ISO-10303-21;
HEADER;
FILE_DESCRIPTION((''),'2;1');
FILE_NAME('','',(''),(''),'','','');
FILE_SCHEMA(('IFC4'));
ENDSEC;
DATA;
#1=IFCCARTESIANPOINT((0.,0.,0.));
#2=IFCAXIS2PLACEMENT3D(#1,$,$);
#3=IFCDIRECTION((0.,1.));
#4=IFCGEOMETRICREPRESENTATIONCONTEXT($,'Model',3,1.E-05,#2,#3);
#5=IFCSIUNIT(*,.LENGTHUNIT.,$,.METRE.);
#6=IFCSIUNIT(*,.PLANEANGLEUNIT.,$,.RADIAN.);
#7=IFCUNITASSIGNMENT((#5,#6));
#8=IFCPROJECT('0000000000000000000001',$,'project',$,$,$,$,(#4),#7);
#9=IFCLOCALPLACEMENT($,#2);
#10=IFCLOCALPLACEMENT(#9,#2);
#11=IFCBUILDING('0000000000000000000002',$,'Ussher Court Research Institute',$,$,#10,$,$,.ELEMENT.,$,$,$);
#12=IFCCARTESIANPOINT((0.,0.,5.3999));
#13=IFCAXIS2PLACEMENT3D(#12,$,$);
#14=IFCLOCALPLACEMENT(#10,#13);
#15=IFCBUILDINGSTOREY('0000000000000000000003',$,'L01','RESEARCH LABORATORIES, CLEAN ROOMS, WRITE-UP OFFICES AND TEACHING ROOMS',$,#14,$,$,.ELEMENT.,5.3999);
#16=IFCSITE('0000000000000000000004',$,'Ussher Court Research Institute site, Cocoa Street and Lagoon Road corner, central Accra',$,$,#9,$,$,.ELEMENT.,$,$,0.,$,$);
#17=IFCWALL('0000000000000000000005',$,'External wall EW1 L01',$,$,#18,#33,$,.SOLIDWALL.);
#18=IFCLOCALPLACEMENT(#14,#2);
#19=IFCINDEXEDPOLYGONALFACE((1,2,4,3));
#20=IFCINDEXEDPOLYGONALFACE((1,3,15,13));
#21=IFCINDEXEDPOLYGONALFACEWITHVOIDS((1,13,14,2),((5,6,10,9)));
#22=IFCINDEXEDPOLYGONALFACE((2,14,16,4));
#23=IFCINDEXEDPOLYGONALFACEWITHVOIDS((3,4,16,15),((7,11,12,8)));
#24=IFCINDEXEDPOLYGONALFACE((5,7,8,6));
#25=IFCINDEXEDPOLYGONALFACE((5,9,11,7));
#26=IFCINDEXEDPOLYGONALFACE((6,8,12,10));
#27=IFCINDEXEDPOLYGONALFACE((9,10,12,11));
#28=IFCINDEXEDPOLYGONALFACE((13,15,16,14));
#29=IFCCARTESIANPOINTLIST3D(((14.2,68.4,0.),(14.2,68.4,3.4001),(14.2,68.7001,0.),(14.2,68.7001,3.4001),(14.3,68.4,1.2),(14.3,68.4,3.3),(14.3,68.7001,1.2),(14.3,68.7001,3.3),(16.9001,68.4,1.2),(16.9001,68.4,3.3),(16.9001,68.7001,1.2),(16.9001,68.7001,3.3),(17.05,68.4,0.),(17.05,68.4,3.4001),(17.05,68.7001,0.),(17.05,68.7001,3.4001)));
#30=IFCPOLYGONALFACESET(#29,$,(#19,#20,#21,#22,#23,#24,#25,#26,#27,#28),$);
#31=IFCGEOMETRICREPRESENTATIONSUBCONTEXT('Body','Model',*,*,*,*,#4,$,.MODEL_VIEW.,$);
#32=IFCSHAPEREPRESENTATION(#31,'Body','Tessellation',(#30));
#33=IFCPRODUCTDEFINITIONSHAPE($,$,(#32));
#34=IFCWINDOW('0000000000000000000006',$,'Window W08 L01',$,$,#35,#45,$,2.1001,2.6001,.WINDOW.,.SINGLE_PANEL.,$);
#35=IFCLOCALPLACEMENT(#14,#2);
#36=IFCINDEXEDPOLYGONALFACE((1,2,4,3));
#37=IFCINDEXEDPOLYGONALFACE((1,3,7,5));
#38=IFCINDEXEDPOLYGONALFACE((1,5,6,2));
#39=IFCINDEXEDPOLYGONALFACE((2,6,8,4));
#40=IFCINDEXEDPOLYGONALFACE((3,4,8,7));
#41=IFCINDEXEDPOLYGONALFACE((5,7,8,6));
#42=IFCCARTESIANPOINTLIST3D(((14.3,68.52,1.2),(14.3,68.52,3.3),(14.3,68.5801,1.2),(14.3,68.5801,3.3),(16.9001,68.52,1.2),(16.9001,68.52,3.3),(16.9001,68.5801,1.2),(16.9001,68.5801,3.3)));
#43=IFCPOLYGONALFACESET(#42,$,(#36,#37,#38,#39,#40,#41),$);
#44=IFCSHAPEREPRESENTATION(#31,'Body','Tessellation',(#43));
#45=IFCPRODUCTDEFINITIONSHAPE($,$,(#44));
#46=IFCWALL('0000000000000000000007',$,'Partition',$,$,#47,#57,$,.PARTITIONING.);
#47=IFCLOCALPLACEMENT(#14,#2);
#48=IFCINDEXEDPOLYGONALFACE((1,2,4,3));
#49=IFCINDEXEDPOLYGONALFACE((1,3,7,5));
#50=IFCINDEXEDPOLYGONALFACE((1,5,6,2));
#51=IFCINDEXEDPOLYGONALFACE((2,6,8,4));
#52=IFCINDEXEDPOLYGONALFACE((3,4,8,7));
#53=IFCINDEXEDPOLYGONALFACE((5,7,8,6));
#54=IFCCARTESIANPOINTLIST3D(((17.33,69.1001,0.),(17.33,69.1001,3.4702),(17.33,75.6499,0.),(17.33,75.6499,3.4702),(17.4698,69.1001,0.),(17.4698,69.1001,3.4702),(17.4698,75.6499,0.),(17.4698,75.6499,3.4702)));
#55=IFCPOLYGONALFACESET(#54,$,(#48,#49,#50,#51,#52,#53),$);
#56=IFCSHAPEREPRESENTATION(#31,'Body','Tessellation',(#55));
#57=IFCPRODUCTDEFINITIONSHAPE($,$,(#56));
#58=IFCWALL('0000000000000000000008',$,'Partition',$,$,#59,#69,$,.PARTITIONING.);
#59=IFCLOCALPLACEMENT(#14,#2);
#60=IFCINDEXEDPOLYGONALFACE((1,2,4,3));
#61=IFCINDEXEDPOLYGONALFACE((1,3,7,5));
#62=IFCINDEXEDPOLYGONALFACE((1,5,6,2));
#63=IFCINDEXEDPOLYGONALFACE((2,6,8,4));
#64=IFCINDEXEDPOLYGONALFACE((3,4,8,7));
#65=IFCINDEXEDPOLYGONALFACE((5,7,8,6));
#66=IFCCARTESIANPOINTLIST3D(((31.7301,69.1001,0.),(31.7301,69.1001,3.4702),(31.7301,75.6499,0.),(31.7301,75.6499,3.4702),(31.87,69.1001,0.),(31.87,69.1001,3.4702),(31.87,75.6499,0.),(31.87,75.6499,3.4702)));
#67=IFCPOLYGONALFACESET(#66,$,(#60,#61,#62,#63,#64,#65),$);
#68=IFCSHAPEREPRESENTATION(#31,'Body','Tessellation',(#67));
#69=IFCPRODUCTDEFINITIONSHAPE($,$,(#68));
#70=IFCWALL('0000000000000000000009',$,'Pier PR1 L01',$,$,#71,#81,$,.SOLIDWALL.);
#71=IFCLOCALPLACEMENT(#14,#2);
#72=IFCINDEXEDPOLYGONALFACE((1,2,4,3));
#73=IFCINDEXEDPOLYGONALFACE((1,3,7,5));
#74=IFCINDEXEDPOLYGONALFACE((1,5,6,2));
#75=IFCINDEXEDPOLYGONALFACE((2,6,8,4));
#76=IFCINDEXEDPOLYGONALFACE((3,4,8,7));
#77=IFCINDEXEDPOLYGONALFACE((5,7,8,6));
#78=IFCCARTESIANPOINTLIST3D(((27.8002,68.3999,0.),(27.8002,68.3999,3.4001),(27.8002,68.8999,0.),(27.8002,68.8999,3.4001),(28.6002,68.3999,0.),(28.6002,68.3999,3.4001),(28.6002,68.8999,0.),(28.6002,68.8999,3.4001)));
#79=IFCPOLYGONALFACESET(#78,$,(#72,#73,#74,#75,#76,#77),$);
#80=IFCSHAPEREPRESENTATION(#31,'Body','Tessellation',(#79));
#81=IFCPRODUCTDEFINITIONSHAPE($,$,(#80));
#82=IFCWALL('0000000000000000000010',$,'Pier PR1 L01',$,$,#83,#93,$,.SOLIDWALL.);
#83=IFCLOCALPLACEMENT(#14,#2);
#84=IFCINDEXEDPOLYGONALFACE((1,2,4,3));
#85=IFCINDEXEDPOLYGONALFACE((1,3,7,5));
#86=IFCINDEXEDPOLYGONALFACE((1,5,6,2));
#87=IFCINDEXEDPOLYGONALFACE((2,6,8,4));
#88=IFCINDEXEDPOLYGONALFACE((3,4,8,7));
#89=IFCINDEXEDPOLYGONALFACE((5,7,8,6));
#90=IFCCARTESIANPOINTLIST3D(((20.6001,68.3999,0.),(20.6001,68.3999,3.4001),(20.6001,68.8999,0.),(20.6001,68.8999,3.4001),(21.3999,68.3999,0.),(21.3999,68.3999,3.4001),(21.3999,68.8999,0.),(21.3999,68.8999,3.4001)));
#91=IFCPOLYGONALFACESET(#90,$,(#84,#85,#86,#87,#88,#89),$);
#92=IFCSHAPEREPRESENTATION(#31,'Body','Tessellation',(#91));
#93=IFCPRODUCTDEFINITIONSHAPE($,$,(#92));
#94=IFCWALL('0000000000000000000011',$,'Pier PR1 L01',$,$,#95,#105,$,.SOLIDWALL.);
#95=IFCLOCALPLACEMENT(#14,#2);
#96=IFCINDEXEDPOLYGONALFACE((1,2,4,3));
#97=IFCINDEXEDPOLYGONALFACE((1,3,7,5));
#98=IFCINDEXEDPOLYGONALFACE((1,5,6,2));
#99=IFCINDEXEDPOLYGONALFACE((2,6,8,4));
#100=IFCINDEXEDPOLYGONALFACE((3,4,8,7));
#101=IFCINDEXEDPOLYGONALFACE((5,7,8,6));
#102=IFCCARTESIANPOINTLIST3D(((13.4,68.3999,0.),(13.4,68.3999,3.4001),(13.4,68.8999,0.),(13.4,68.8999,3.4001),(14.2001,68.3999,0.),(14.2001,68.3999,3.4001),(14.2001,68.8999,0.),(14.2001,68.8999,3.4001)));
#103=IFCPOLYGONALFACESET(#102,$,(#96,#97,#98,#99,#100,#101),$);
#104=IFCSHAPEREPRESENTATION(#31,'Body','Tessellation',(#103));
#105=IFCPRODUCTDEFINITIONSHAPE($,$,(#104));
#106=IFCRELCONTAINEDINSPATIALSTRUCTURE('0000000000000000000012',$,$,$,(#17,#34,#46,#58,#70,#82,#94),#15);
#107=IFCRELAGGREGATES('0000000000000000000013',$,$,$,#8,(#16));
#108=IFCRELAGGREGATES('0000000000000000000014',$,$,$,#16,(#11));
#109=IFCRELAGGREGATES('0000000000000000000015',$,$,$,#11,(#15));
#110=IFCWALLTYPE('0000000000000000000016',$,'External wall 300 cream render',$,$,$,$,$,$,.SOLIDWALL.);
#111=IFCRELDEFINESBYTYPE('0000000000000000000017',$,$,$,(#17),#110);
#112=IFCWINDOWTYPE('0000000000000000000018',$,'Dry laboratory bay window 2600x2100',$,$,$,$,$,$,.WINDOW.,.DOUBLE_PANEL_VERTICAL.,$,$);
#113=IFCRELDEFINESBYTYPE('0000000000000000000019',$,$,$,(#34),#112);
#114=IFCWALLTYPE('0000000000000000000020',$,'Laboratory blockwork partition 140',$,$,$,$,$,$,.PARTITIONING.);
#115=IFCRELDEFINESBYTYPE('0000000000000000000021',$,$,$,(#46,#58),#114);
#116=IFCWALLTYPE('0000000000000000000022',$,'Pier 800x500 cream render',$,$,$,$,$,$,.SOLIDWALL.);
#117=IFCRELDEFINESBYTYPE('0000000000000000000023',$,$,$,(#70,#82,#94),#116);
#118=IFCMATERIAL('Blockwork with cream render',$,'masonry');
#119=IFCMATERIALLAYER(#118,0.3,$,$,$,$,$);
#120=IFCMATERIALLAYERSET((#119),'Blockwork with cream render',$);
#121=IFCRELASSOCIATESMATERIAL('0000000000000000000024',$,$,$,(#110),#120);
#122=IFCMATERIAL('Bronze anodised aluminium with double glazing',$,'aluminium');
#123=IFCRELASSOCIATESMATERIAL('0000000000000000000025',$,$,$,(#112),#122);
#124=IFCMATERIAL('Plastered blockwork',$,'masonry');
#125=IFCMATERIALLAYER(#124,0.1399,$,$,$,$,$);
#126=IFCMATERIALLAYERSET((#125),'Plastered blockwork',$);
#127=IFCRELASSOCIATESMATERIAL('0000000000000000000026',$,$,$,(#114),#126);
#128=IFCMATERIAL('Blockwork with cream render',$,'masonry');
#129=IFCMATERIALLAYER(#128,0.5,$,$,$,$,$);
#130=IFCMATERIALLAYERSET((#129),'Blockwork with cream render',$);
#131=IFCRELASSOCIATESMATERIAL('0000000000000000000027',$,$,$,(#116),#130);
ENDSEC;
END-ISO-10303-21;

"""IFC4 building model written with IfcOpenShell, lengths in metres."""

from ifc_helpers import new_model, si_unit, direction, frame, frame_2d, origin, place, context, subcontext, project, spatial, rectangle, extrude, material, layer, layer_set, type_object, element, fill, save


model = new_model("IFC4")

# Units and contexts
model_context = context("Model", 3, precision=1e-05, world=origin(), true_north=direction((0.0, 1.0)))
body_context = subcontext(model_context, "Body", "Model", "MODEL_VIEW")
ifc_project = project(units=[si_unit("LENGTHUNIT", "METRE"), si_unit("PLANEANGLEUNIT", "RADIAN")], contexts=[model_context])

# Site, building, storey
site_placement = place(None, origin())
site = spatial("IfcSite", under=ifc_project, at=site_placement, Name="Ussher Court Research Institute site, Cocoa Street and Lagoon Road corner, central Accra", CompositionType="ELEMENT", RefElevation=0.0)
building_placement = place(site_placement, origin())
building = spatial("IfcBuilding", under=site, at=building_placement, Name="Ussher Court Research Institute", CompositionType="ELEMENT")
storey_placement = place(building_placement, frame((0.0, 0.0, 5.3999)))
storey = spatial("IfcBuildingStorey", under=building, at=storey_placement, Name="L01", Description="RESEARCH LABORATORIES, CLEAN ROOMS, WRITE-UP OFFICES AND TEACHING ROOMS", CompositionType="ELEMENT", Elevation=5.3999)

# Wall, opening, window
ifc_material_1 = material(Name="Blockwork with cream render", Category="masonry")
ifc_layer_1 = layer(ifc_material_1, 0.3)
ifc_layer_set_1 = layer_set([ifc_layer_1], Name="Blockwork with cream render")
wall_type_1 = type_object("IfcWallType", Name="External wall 300 cream render", PredefinedType="SOLIDWALL", material=ifc_layer_set_1)
ifc_material_2 = material(Name="Bronze anodised aluminium with double glazing", Category="aluminium")
window_type = type_object("IfcWindowType", Name="Dry laboratory bay window 2600x2100", PartitioningType="DOUBLE_PANEL_VERTICAL", PredefinedType="WINDOW", material=ifc_material_2)
wall_1_placement = place(storey_placement, frame((17.05, 68.55, 0.0), z_axis=(0.0, 0.0, 1.0), x_axis=(-1.0, 0.0, 0.0)))
wall_1 = element("IfcWall", 1, at=wall_1_placement, inside=storey, type_object=wall_type_1, Name="External wall EW1 L01", PredefinedType="SOLIDWALL", context=body_context, shape_type="SweptSolid", body=[
    extrude(rectangle(XDim=2.8501, YDim=0.3, at=frame_2d((1.425, 0.0))), origin(), (0.0, 0.0, 1.0), 3.4001),
])
opening_1_placement = place(wall_1_placement, frame((0.1499, 0.0, 1.2)))
opening_1 = element("IfcOpeningElement", 2, at=opening_1_placement, cuts=wall_1, PredefinedType="OPENING", context=body_context, shape_type="SweptSolid", body=[
    extrude(rectangle(XDim=2.6001, YDim=2.1001, at=frame_2d((1.3, 1.05))), frame((0.0, 0.1602, 0.0), z_axis=(0.0, -1.0, 0.0), x_axis=(1.0, 0.0, 0.0)), (0.0, 0.0, 1.0), 0.3201),
])
window_1_placement = place(opening_1_placement, origin())
window_1 = element("IfcWindow", 3, at=window_1_placement, inside=storey, type_object=window_type, Name="Window W08 L01", OverallHeight=2.1001, OverallWidth=2.6001, PartitioningType="SINGLE_PANEL", PredefinedType="WINDOW", context=body_context, shape_type="SweptSolid", body=[
    extrude(rectangle(XDim=2.6001, YDim=2.1001, at=frame_2d((1.3, 1.05))), frame((0.0, 0.03, 0.0), z_axis=(0.0, -1.0, 0.0), x_axis=(1.0, 0.0, 0.0)), (0.0, 0.0, 1.0), 0.0601),
])
fill(opening_1, window_1)

# Walls
ifc_material_3 = material(Name="Plastered blockwork", Category="masonry")
ifc_layer_2 = layer(ifc_material_3, 0.1399)
ifc_layer_set_2 = layer_set([ifc_layer_2], Name="Plastered blockwork")
wall_type_2 = type_object("IfcWallType", Name="Laboratory blockwork partition 140", PredefinedType="PARTITIONING", material=ifc_layer_set_2)
for number, where, z_axis, x_axis, name in (
    (4, (17.3999, 69.1001, 0.0), (0.0, 0.0, 1.0), (0.0, 1.0, 0.0), "Partition"),
    (5, (31.8, 69.1001, 0.0), (0.0, 0.0, 1.0), (0.0, 1.0, 0.0), "Partition"),
):
    element("IfcWall", number, at=place(storey_placement, frame(where, z_axis=z_axis, x_axis=x_axis)), inside=storey, type_object=wall_type_2, Name=name, PredefinedType="PARTITIONING", context=body_context, shape_type="SweptSolid", body=[
        extrude(rectangle(XDim=6.5498, YDim=0.1399, at=frame_2d((3.2749, 0.0))), origin(), (0.0, 0.0, 1.0), 3.4702),
    ])
ifc_material_4 = material(Name="Blockwork with cream render", Category="masonry")
ifc_layer_3 = layer(ifc_material_4, 0.5)
ifc_layer_set_3 = layer_set([ifc_layer_3], Name="Blockwork with cream render")
wall_type_3 = type_object("IfcWallType", Name="Pier 800x500 cream render", PredefinedType="SOLIDWALL", material=ifc_layer_set_3)
wall_2_placement = place(storey_placement, frame((28.6001, 68.6499, 0.0), z_axis=(0.0, 0.0, 1.0), x_axis=(-1.0, 0.0, 0.0)))
element("IfcWall", 6, at=wall_2_placement, inside=storey, type_object=wall_type_3, Name="Pier PR1 L01", PredefinedType="SOLIDWALL", context=body_context, shape_type="SweptSolid", body=[
    extrude(rectangle(XDim=0.8, YDim=0.5, at=frame_2d((0.3999, 0.0))), origin(), (0.0, 0.0, 1.0), 3.4001),
])
wall_3_placement = place(storey_placement, frame((21.3999, 68.6499, 0.0), z_axis=(0.0, 0.0, 1.0), x_axis=(-1.0, 0.0, 0.0)))
element("IfcWall", 7, at=wall_3_placement, inside=storey, type_object=wall_type_3, Name="Pier PR1 L01", PredefinedType="SOLIDWALL", context=body_context, shape_type="SweptSolid", body=[
    extrude(rectangle(XDim=0.7998, YDim=0.5, at=frame_2d((0.3999, 0.0))), origin(), (0.0, 0.0, 1.0), 3.4001),
])
wall_4_placement = place(storey_placement, frame((14.2, 68.6499, 0.0), z_axis=(0.0, 0.0, 1.0), x_axis=(-1.0, 0.0, 0.0)))
element("IfcWall", 8, at=wall_4_placement, inside=storey, type_object=wall_type_3, Name="Pier PR1 L01", PredefinedType="SOLIDWALL", context=body_context, shape_type="SweptSolid", body=[
    extrude(rectangle(XDim=0.8, YDim=0.5, at=frame_2d((0.3999, 0.0))), origin(), (0.0, 0.0, 1.0), 3.4001),
])

save(model, "model.ifc")
